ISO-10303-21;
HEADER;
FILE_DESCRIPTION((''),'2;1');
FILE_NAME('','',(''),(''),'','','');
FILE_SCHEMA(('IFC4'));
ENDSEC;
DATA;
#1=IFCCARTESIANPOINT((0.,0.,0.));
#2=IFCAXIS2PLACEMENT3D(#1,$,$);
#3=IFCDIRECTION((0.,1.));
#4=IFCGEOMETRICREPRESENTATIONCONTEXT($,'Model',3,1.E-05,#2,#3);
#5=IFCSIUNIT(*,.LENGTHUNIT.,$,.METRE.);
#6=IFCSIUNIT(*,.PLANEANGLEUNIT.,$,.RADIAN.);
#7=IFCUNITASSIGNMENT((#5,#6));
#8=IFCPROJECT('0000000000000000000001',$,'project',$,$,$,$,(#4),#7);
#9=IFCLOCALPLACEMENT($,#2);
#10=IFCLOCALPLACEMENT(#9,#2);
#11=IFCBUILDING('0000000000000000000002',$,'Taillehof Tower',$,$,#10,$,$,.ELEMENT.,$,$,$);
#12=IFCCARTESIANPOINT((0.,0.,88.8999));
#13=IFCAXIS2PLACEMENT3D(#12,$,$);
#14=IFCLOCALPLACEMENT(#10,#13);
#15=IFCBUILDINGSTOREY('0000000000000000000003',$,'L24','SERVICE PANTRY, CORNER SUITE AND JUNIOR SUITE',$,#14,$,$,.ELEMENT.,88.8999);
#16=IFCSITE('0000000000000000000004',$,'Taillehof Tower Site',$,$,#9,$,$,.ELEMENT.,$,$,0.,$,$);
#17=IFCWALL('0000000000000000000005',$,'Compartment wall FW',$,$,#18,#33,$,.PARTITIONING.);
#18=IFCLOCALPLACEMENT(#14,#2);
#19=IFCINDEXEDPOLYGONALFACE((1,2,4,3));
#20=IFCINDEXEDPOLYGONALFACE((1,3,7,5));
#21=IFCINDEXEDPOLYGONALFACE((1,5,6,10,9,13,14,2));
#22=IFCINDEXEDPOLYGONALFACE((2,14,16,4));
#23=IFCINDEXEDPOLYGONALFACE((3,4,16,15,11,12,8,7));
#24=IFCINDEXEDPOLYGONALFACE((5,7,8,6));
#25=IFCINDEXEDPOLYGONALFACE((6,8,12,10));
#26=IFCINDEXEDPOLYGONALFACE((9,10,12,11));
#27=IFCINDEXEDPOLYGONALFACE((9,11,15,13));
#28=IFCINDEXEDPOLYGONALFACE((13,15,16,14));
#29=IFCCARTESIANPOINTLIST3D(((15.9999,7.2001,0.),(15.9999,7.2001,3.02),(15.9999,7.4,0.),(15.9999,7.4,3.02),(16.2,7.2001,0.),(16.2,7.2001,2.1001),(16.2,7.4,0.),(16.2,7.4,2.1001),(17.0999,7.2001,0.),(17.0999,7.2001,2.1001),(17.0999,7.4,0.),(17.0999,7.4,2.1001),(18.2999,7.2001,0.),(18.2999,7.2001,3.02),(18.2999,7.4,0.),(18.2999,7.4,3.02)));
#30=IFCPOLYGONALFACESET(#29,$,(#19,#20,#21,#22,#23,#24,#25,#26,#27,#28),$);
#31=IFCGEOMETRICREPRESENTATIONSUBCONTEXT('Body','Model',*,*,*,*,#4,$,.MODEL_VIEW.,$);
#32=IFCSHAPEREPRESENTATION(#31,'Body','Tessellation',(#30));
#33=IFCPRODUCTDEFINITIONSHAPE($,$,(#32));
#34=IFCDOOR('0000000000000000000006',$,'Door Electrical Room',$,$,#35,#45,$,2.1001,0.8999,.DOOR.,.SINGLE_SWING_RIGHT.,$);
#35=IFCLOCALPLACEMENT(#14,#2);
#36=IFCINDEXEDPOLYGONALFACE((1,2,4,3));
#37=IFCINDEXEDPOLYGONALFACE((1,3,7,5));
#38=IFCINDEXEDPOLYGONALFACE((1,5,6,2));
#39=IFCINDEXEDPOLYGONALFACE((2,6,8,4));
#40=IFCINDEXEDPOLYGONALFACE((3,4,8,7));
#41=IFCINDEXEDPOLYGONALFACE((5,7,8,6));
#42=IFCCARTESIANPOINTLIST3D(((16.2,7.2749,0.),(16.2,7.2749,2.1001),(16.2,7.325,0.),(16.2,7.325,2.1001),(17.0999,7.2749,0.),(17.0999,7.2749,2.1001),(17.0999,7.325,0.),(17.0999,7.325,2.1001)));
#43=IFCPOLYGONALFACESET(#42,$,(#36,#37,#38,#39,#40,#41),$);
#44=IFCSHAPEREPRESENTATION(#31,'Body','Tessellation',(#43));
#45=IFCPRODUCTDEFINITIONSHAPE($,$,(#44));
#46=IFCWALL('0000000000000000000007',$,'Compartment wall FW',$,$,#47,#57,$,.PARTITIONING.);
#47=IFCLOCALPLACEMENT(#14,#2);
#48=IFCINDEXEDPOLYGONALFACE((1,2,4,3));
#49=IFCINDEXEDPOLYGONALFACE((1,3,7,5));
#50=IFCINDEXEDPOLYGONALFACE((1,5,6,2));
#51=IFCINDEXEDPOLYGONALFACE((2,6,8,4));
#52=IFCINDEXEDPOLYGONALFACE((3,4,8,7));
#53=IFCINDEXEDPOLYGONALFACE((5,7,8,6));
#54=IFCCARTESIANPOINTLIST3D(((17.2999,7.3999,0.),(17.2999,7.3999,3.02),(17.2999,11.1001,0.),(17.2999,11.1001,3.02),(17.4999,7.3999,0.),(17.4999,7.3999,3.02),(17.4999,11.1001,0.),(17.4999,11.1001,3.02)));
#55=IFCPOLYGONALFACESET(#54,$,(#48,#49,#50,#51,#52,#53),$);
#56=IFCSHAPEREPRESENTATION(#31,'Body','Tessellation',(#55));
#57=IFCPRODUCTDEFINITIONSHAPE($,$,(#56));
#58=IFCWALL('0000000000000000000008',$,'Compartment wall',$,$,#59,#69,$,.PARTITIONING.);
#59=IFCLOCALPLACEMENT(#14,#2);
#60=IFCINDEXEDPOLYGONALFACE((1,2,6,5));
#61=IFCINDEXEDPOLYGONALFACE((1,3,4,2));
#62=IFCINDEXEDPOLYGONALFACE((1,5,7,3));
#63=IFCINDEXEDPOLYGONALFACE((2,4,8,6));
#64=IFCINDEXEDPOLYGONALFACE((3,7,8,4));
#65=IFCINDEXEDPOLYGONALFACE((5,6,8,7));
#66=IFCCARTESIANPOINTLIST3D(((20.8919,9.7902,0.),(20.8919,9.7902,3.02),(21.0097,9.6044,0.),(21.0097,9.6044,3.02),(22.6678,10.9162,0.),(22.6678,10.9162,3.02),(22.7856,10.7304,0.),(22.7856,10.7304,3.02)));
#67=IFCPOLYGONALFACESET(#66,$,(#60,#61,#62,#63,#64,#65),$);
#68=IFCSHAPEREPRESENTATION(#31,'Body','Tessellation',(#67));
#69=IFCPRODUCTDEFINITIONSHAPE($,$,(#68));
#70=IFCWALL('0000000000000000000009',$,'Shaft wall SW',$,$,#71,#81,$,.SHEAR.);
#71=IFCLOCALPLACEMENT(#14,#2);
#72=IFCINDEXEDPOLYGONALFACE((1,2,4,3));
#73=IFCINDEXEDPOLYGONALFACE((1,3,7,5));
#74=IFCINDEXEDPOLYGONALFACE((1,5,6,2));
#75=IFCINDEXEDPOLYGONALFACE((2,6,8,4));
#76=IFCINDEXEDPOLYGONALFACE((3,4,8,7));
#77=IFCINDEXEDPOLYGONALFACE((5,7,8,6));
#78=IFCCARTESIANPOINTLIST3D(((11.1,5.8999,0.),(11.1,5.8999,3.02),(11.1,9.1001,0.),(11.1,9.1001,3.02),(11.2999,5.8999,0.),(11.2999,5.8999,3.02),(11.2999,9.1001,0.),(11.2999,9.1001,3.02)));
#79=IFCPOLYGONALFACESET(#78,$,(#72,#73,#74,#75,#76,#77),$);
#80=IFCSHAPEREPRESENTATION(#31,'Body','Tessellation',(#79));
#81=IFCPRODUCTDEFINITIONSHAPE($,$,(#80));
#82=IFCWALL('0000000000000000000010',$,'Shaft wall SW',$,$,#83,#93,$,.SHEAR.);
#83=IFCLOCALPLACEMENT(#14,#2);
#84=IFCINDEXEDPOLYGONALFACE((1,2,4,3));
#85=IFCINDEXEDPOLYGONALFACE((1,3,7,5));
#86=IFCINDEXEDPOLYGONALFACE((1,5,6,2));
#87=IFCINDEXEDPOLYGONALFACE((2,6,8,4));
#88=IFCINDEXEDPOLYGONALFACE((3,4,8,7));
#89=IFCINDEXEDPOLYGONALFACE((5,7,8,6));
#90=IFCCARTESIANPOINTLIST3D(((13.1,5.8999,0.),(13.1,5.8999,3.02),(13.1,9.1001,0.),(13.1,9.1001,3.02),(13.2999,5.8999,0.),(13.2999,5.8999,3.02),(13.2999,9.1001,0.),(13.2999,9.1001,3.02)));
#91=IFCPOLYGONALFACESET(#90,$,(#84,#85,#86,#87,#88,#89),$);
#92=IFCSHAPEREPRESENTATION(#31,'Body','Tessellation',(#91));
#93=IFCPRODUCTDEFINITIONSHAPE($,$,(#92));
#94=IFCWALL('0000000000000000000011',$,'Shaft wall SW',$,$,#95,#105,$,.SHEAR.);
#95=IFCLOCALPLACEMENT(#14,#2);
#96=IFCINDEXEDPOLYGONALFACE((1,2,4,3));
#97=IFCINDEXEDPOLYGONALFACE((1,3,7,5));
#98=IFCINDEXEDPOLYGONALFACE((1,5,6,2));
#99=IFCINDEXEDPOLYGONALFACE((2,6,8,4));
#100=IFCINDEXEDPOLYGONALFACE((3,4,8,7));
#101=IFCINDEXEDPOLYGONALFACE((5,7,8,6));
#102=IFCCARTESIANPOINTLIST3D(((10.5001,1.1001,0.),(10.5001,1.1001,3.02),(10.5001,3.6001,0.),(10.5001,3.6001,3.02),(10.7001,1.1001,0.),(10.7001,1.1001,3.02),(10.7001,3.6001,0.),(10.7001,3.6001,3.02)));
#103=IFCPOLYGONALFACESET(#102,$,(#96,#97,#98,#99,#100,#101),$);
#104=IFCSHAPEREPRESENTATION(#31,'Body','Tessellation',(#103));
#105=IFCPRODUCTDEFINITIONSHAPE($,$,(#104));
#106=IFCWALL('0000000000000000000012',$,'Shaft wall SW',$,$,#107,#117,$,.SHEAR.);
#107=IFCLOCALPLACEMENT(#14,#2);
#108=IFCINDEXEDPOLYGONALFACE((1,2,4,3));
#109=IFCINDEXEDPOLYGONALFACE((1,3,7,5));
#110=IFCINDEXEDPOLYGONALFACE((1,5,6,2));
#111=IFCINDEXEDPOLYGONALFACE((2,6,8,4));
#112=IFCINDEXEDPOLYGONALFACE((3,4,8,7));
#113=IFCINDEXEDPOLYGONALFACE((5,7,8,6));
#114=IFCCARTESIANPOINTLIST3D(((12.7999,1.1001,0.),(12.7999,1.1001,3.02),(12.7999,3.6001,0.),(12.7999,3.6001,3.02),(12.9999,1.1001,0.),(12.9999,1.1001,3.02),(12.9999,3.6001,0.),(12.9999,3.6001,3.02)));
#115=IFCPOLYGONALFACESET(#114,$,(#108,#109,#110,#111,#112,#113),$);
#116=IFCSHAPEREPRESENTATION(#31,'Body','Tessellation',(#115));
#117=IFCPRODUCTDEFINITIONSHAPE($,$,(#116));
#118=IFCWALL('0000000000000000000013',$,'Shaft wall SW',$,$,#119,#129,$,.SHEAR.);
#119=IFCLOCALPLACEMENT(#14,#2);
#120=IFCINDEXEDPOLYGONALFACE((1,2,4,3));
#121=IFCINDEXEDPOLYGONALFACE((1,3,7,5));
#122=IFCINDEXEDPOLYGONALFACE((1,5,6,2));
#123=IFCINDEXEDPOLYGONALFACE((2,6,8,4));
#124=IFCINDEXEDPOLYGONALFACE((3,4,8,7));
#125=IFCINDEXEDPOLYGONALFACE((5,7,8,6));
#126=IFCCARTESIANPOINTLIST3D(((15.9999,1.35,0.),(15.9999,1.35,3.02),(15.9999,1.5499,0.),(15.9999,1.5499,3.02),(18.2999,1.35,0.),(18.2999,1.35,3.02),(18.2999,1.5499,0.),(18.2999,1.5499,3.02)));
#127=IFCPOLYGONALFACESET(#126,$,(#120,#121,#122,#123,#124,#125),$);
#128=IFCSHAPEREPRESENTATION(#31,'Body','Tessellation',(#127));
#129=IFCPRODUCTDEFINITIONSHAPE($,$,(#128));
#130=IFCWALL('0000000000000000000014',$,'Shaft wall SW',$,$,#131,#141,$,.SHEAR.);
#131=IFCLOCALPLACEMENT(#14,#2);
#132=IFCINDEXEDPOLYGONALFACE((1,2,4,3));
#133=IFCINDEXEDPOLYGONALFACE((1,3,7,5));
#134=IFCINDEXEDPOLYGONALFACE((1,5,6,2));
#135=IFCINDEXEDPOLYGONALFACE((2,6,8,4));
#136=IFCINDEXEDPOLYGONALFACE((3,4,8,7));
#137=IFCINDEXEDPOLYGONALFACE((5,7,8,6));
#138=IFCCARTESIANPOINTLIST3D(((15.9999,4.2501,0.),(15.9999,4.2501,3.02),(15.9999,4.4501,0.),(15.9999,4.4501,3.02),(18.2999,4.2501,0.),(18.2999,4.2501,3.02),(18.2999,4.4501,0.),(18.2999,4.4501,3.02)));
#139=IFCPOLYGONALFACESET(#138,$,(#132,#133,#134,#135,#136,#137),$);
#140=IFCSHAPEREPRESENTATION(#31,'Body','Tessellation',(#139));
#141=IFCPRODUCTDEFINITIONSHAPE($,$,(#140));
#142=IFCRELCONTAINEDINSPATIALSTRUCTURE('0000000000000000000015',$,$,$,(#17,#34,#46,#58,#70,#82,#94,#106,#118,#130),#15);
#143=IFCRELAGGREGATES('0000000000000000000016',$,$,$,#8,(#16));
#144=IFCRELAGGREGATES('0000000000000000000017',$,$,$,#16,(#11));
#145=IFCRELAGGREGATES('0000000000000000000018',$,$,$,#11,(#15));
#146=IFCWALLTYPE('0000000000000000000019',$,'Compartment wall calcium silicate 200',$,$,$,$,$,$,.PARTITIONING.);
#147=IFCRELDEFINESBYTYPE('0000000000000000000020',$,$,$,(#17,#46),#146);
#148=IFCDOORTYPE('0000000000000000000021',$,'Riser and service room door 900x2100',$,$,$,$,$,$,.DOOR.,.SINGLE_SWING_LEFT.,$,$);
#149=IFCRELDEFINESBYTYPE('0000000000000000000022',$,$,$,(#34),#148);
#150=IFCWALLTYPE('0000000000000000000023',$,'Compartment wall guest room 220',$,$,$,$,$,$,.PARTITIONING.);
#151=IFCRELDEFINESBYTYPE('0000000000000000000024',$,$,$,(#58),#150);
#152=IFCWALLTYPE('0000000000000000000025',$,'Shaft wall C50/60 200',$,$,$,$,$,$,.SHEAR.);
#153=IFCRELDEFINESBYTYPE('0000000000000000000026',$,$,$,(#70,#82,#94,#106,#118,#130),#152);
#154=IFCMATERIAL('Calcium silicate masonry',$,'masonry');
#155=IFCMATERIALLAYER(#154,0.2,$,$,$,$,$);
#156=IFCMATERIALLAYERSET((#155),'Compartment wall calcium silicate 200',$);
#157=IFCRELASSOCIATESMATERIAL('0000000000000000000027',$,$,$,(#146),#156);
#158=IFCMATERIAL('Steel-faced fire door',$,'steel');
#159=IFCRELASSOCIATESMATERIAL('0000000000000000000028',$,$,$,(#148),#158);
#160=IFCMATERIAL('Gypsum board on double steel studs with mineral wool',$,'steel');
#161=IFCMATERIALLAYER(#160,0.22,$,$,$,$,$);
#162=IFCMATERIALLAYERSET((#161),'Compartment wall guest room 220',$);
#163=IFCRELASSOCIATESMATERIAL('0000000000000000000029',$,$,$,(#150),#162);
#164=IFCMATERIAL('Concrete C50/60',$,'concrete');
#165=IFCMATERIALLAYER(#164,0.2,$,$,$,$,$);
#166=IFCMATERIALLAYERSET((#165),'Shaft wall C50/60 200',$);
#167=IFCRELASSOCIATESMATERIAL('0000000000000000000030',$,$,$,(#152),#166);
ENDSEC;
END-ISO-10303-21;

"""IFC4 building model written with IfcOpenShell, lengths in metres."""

from ifc_helpers import new_model, si_unit, direction, frame, frame_2d, origin, place, context, subcontext, project, spatial, rectangle, extrude, material, layer, layer_set, type_object, element, fill, save


model = new_model("IFC4")

# Units and contexts
model_context = context("Model", 3, precision=1e-05, world=origin(), true_north=direction((0.0, 1.0)))
body_context = subcontext(model_context, "Body", "Model", "MODEL_VIEW")
ifc_project = project(units=[si_unit("LENGTHUNIT", "METRE"), si_unit("PLANEANGLEUNIT", "RADIAN")], contexts=[model_context])

# Site, building, storey
site_placement = place(None, origin())
site = spatial("IfcSite", under=ifc_project, at=site_placement, Name="Taillehof Tower Site", CompositionType="ELEMENT", RefElevation=0.0)
building_placement = place(site_placement, origin())
building = spatial("IfcBuilding", under=site, at=building_placement, Name="Taillehof Tower", CompositionType="ELEMENT")
storey_placement = place(building_placement, frame((0.0, 0.0, 88.8999)))
storey = spatial("IfcBuildingStorey", under=building, at=storey_placement, Name="L24", Description="SERVICE PANTRY, CORNER SUITE AND JUNIOR SUITE", CompositionType="ELEMENT", Elevation=88.8999)

# Wall, opening, door
ifc_material_1 = material(Name="Calcium silicate masonry", Category="masonry")
ifc_layer_1 = layer(ifc_material_1, 0.2)
ifc_layer_set_1 = layer_set([ifc_layer_1], Name="Compartment wall calcium silicate 200")
wall_type_1 = type_object("IfcWallType", Name="Compartment wall calcium silicate 200", PredefinedType="PARTITIONING", material=ifc_layer_set_1)
wall_1_placement = place(storey_placement, frame((16.0, 7.3, 0.0), z_axis=(0.0, 0.0, 1.0), x_axis=(1.0, 0.0, 0.0)))
wall_1 = element("IfcWall", 1, at=wall_1_placement, inside=storey, type_object=wall_type_1, Name="Compartment wall FW", PredefinedType="PARTITIONING", context=body_context, shape_type="SweptSolid", body=[
    extrude(rectangle(XDim=2.3, YDim=0.2, at=frame_2d((1.1499, 0.0))), origin(), (0.0, 0.0, 1.0), 3.02),
])
opening_1_placement = place(wall_1_placement, frame((0.2, 0.0, 0.0)))
opening_1 = element("IfcOpeningElement", 2, at=opening_1_placement, cuts=wall_1, PredefinedType="OPENING", context=body_context, shape_type="SweptSolid", body=[
    extrude(rectangle(XDim=0.8999, YDim=2.1001, at=frame_2d((0.45, 1.05))), frame((0.0, 0.1099, 0.0), z_axis=(0.0, -1.0, 0.0), x_axis=(1.0, 0.0, 0.0)), (0.0, 0.0, 1.0), 0.22),
])
ifc_material_2 = material(Name="Steel-faced fire door", Category="steel")
door_type = type_object("IfcDoorType", Name="Riser and service room door 900x2100", OperationType="SINGLE_SWING_LEFT", PredefinedType="DOOR", material=ifc_material_2)
door_placement = place(opening_1_placement, origin())
door = element("IfcDoor", 3, at=door_placement, inside=storey, type_object=door_type, Name="Door Electrical Room", OperationType="SINGLE_SWING_RIGHT", OverallHeight=2.1001, OverallWidth=0.8999, PredefinedType="DOOR", context=body_context, shape_type="SweptSolid", body=[
    extrude(rectangle(XDim=0.8999, YDim=2.1001, at=frame_2d((0.45, 1.05))), frame((0.0, 0.0249, 0.0), z_axis=(0.0, -1.0, 0.0), x_axis=(1.0, 0.0, 0.0)), (0.0, 0.0, 1.0), 0.05),
])
fill(opening_1, door)

# Walls
wall_2_placement = place(storey_placement, frame((17.3999, 7.3999, 0.0), z_axis=(0.0, 0.0, 1.0), x_axis=(0.0, 1.0, 0.0)))
element("IfcWall", 4, at=wall_2_placement, inside=storey, type_object=wall_type_1, Name="Compartment wall FW", PredefinedType="PARTITIONING", context=body_context, shape_type="SweptSolid", body=[
    extrude(rectangle(XDim=3.7002, YDim=0.2, at=frame_2d((1.8501, 0.0))), origin(), (0.0, 0.0, 1.0), 3.02),
])
ifc_material_3 = material(Name="Gypsum board on double steel studs with mineral wool", Category="steel")
ifc_layer_2 = layer(ifc_material_3, 0.22)
ifc_layer_set_2 = layer_set([ifc_layer_2], Name="Compartment wall guest room 220")
wall_type_2 = type_object("IfcWallType", Name="Compartment wall guest room 220", PredefinedType="PARTITIONING", material=ifc_layer_set_2)
wall_3_placement = place(storey_placement, frame((22.7266, 10.8232, 0.0), z_axis=(0.0, 0.0, 1.0), x_axis=(-0.84455, -0.535477, 0.0)))
element("IfcWall", 5, at=wall_3_placement, inside=storey, type_object=wall_type_2, Name="Compartment wall", PredefinedType="PARTITIONING", context=body_context, shape_type="SweptSolid", body=[
    extrude(rectangle(XDim=2.1028, YDim=0.22, at=frame_2d((1.0513, 0.0))), origin(), (0.0, 0.0, 1.0), 3.02),
])
ifc_material_4 = material(Name="Concrete C50/60", Category="concrete")
ifc_layer_3 = layer(ifc_material_4, 0.2)
ifc_layer_set_3 = layer_set([ifc_layer_3], Name="Shaft wall C50/60 200")
wall_type_3 = type_object("IfcWallType", Name="Shaft wall C50/60 200", PredefinedType="SHEAR", material=ifc_layer_set_3)
for number, where, z_axis, x_axis, name in (
    (6, (11.2, 5.8999, 0.0), (0.0, 0.0, 1.0), (0.0, 1.0, 0.0), "Shaft wall SW"),
    (7, (13.2, 5.8999, 0.0), (0.0, 0.0, 1.0), (0.0, 1.0, 0.0), "Shaft wall SW"),
):
    element("IfcWall", number, at=place(storey_placement, frame(where, z_axis=z_axis, x_axis=x_axis)), inside=storey, type_object=wall_type_3, Name=name, PredefinedType="SHEAR", context=body_context, shape_type="SweptSolid", body=[
        extrude(rectangle(XDim=3.2002, YDim=0.2, at=frame_2d((1.6001, 0.0))), origin(), (0.0, 0.0, 1.0), 3.02),
    ])
for number, where, z_axis, x_axis, name in (
    (8, (10.6001, 1.1001, 0.0), (0.0, 0.0, 1.0), (0.0, 1.0, 0.0), "Shaft wall SW"),
    (9, (12.8999, 1.1001, 0.0), (0.0, 0.0, 1.0), (0.0, 1.0, 0.0), "Shaft wall SW"),
):
    element("IfcWall", number, at=place(storey_placement, frame(where, z_axis=z_axis, x_axis=x_axis)), inside=storey, type_object=wall_type_3, Name=name, PredefinedType="SHEAR", context=body_context, shape_type="SweptSolid", body=[
        extrude(rectangle(XDim=2.5, YDim=0.2, at=frame_2d((1.25, 0.0))), origin(), (0.0, 0.0, 1.0), 3.02),
    ])
for number, where, z_axis, x_axis, name in (
    (10, (16.0, 1.45, 0.0), (0.0, 0.0, 1.0), (1.0, 0.0, 0.0), "Shaft wall SW"),
    (11, (16.0, 4.3501, 0.0), (0.0, 0.0, 1.0), (1.0, 0.0, 0.0), "Shaft wall SW"),
):
    element("IfcWall", number, at=place(storey_placement, frame(where, z_axis=z_axis, x_axis=x_axis)), inside=storey, type_object=wall_type_3, Name=name, PredefinedType="SHEAR", context=body_context, shape_type="SweptSolid", body=[
        extrude(rectangle(XDim=2.3, YDim=0.2, at=frame_2d((1.1499, 0.0))), origin(), (0.0, 0.0, 1.0), 3.02),
    ])

save(model, "model.ifc")
